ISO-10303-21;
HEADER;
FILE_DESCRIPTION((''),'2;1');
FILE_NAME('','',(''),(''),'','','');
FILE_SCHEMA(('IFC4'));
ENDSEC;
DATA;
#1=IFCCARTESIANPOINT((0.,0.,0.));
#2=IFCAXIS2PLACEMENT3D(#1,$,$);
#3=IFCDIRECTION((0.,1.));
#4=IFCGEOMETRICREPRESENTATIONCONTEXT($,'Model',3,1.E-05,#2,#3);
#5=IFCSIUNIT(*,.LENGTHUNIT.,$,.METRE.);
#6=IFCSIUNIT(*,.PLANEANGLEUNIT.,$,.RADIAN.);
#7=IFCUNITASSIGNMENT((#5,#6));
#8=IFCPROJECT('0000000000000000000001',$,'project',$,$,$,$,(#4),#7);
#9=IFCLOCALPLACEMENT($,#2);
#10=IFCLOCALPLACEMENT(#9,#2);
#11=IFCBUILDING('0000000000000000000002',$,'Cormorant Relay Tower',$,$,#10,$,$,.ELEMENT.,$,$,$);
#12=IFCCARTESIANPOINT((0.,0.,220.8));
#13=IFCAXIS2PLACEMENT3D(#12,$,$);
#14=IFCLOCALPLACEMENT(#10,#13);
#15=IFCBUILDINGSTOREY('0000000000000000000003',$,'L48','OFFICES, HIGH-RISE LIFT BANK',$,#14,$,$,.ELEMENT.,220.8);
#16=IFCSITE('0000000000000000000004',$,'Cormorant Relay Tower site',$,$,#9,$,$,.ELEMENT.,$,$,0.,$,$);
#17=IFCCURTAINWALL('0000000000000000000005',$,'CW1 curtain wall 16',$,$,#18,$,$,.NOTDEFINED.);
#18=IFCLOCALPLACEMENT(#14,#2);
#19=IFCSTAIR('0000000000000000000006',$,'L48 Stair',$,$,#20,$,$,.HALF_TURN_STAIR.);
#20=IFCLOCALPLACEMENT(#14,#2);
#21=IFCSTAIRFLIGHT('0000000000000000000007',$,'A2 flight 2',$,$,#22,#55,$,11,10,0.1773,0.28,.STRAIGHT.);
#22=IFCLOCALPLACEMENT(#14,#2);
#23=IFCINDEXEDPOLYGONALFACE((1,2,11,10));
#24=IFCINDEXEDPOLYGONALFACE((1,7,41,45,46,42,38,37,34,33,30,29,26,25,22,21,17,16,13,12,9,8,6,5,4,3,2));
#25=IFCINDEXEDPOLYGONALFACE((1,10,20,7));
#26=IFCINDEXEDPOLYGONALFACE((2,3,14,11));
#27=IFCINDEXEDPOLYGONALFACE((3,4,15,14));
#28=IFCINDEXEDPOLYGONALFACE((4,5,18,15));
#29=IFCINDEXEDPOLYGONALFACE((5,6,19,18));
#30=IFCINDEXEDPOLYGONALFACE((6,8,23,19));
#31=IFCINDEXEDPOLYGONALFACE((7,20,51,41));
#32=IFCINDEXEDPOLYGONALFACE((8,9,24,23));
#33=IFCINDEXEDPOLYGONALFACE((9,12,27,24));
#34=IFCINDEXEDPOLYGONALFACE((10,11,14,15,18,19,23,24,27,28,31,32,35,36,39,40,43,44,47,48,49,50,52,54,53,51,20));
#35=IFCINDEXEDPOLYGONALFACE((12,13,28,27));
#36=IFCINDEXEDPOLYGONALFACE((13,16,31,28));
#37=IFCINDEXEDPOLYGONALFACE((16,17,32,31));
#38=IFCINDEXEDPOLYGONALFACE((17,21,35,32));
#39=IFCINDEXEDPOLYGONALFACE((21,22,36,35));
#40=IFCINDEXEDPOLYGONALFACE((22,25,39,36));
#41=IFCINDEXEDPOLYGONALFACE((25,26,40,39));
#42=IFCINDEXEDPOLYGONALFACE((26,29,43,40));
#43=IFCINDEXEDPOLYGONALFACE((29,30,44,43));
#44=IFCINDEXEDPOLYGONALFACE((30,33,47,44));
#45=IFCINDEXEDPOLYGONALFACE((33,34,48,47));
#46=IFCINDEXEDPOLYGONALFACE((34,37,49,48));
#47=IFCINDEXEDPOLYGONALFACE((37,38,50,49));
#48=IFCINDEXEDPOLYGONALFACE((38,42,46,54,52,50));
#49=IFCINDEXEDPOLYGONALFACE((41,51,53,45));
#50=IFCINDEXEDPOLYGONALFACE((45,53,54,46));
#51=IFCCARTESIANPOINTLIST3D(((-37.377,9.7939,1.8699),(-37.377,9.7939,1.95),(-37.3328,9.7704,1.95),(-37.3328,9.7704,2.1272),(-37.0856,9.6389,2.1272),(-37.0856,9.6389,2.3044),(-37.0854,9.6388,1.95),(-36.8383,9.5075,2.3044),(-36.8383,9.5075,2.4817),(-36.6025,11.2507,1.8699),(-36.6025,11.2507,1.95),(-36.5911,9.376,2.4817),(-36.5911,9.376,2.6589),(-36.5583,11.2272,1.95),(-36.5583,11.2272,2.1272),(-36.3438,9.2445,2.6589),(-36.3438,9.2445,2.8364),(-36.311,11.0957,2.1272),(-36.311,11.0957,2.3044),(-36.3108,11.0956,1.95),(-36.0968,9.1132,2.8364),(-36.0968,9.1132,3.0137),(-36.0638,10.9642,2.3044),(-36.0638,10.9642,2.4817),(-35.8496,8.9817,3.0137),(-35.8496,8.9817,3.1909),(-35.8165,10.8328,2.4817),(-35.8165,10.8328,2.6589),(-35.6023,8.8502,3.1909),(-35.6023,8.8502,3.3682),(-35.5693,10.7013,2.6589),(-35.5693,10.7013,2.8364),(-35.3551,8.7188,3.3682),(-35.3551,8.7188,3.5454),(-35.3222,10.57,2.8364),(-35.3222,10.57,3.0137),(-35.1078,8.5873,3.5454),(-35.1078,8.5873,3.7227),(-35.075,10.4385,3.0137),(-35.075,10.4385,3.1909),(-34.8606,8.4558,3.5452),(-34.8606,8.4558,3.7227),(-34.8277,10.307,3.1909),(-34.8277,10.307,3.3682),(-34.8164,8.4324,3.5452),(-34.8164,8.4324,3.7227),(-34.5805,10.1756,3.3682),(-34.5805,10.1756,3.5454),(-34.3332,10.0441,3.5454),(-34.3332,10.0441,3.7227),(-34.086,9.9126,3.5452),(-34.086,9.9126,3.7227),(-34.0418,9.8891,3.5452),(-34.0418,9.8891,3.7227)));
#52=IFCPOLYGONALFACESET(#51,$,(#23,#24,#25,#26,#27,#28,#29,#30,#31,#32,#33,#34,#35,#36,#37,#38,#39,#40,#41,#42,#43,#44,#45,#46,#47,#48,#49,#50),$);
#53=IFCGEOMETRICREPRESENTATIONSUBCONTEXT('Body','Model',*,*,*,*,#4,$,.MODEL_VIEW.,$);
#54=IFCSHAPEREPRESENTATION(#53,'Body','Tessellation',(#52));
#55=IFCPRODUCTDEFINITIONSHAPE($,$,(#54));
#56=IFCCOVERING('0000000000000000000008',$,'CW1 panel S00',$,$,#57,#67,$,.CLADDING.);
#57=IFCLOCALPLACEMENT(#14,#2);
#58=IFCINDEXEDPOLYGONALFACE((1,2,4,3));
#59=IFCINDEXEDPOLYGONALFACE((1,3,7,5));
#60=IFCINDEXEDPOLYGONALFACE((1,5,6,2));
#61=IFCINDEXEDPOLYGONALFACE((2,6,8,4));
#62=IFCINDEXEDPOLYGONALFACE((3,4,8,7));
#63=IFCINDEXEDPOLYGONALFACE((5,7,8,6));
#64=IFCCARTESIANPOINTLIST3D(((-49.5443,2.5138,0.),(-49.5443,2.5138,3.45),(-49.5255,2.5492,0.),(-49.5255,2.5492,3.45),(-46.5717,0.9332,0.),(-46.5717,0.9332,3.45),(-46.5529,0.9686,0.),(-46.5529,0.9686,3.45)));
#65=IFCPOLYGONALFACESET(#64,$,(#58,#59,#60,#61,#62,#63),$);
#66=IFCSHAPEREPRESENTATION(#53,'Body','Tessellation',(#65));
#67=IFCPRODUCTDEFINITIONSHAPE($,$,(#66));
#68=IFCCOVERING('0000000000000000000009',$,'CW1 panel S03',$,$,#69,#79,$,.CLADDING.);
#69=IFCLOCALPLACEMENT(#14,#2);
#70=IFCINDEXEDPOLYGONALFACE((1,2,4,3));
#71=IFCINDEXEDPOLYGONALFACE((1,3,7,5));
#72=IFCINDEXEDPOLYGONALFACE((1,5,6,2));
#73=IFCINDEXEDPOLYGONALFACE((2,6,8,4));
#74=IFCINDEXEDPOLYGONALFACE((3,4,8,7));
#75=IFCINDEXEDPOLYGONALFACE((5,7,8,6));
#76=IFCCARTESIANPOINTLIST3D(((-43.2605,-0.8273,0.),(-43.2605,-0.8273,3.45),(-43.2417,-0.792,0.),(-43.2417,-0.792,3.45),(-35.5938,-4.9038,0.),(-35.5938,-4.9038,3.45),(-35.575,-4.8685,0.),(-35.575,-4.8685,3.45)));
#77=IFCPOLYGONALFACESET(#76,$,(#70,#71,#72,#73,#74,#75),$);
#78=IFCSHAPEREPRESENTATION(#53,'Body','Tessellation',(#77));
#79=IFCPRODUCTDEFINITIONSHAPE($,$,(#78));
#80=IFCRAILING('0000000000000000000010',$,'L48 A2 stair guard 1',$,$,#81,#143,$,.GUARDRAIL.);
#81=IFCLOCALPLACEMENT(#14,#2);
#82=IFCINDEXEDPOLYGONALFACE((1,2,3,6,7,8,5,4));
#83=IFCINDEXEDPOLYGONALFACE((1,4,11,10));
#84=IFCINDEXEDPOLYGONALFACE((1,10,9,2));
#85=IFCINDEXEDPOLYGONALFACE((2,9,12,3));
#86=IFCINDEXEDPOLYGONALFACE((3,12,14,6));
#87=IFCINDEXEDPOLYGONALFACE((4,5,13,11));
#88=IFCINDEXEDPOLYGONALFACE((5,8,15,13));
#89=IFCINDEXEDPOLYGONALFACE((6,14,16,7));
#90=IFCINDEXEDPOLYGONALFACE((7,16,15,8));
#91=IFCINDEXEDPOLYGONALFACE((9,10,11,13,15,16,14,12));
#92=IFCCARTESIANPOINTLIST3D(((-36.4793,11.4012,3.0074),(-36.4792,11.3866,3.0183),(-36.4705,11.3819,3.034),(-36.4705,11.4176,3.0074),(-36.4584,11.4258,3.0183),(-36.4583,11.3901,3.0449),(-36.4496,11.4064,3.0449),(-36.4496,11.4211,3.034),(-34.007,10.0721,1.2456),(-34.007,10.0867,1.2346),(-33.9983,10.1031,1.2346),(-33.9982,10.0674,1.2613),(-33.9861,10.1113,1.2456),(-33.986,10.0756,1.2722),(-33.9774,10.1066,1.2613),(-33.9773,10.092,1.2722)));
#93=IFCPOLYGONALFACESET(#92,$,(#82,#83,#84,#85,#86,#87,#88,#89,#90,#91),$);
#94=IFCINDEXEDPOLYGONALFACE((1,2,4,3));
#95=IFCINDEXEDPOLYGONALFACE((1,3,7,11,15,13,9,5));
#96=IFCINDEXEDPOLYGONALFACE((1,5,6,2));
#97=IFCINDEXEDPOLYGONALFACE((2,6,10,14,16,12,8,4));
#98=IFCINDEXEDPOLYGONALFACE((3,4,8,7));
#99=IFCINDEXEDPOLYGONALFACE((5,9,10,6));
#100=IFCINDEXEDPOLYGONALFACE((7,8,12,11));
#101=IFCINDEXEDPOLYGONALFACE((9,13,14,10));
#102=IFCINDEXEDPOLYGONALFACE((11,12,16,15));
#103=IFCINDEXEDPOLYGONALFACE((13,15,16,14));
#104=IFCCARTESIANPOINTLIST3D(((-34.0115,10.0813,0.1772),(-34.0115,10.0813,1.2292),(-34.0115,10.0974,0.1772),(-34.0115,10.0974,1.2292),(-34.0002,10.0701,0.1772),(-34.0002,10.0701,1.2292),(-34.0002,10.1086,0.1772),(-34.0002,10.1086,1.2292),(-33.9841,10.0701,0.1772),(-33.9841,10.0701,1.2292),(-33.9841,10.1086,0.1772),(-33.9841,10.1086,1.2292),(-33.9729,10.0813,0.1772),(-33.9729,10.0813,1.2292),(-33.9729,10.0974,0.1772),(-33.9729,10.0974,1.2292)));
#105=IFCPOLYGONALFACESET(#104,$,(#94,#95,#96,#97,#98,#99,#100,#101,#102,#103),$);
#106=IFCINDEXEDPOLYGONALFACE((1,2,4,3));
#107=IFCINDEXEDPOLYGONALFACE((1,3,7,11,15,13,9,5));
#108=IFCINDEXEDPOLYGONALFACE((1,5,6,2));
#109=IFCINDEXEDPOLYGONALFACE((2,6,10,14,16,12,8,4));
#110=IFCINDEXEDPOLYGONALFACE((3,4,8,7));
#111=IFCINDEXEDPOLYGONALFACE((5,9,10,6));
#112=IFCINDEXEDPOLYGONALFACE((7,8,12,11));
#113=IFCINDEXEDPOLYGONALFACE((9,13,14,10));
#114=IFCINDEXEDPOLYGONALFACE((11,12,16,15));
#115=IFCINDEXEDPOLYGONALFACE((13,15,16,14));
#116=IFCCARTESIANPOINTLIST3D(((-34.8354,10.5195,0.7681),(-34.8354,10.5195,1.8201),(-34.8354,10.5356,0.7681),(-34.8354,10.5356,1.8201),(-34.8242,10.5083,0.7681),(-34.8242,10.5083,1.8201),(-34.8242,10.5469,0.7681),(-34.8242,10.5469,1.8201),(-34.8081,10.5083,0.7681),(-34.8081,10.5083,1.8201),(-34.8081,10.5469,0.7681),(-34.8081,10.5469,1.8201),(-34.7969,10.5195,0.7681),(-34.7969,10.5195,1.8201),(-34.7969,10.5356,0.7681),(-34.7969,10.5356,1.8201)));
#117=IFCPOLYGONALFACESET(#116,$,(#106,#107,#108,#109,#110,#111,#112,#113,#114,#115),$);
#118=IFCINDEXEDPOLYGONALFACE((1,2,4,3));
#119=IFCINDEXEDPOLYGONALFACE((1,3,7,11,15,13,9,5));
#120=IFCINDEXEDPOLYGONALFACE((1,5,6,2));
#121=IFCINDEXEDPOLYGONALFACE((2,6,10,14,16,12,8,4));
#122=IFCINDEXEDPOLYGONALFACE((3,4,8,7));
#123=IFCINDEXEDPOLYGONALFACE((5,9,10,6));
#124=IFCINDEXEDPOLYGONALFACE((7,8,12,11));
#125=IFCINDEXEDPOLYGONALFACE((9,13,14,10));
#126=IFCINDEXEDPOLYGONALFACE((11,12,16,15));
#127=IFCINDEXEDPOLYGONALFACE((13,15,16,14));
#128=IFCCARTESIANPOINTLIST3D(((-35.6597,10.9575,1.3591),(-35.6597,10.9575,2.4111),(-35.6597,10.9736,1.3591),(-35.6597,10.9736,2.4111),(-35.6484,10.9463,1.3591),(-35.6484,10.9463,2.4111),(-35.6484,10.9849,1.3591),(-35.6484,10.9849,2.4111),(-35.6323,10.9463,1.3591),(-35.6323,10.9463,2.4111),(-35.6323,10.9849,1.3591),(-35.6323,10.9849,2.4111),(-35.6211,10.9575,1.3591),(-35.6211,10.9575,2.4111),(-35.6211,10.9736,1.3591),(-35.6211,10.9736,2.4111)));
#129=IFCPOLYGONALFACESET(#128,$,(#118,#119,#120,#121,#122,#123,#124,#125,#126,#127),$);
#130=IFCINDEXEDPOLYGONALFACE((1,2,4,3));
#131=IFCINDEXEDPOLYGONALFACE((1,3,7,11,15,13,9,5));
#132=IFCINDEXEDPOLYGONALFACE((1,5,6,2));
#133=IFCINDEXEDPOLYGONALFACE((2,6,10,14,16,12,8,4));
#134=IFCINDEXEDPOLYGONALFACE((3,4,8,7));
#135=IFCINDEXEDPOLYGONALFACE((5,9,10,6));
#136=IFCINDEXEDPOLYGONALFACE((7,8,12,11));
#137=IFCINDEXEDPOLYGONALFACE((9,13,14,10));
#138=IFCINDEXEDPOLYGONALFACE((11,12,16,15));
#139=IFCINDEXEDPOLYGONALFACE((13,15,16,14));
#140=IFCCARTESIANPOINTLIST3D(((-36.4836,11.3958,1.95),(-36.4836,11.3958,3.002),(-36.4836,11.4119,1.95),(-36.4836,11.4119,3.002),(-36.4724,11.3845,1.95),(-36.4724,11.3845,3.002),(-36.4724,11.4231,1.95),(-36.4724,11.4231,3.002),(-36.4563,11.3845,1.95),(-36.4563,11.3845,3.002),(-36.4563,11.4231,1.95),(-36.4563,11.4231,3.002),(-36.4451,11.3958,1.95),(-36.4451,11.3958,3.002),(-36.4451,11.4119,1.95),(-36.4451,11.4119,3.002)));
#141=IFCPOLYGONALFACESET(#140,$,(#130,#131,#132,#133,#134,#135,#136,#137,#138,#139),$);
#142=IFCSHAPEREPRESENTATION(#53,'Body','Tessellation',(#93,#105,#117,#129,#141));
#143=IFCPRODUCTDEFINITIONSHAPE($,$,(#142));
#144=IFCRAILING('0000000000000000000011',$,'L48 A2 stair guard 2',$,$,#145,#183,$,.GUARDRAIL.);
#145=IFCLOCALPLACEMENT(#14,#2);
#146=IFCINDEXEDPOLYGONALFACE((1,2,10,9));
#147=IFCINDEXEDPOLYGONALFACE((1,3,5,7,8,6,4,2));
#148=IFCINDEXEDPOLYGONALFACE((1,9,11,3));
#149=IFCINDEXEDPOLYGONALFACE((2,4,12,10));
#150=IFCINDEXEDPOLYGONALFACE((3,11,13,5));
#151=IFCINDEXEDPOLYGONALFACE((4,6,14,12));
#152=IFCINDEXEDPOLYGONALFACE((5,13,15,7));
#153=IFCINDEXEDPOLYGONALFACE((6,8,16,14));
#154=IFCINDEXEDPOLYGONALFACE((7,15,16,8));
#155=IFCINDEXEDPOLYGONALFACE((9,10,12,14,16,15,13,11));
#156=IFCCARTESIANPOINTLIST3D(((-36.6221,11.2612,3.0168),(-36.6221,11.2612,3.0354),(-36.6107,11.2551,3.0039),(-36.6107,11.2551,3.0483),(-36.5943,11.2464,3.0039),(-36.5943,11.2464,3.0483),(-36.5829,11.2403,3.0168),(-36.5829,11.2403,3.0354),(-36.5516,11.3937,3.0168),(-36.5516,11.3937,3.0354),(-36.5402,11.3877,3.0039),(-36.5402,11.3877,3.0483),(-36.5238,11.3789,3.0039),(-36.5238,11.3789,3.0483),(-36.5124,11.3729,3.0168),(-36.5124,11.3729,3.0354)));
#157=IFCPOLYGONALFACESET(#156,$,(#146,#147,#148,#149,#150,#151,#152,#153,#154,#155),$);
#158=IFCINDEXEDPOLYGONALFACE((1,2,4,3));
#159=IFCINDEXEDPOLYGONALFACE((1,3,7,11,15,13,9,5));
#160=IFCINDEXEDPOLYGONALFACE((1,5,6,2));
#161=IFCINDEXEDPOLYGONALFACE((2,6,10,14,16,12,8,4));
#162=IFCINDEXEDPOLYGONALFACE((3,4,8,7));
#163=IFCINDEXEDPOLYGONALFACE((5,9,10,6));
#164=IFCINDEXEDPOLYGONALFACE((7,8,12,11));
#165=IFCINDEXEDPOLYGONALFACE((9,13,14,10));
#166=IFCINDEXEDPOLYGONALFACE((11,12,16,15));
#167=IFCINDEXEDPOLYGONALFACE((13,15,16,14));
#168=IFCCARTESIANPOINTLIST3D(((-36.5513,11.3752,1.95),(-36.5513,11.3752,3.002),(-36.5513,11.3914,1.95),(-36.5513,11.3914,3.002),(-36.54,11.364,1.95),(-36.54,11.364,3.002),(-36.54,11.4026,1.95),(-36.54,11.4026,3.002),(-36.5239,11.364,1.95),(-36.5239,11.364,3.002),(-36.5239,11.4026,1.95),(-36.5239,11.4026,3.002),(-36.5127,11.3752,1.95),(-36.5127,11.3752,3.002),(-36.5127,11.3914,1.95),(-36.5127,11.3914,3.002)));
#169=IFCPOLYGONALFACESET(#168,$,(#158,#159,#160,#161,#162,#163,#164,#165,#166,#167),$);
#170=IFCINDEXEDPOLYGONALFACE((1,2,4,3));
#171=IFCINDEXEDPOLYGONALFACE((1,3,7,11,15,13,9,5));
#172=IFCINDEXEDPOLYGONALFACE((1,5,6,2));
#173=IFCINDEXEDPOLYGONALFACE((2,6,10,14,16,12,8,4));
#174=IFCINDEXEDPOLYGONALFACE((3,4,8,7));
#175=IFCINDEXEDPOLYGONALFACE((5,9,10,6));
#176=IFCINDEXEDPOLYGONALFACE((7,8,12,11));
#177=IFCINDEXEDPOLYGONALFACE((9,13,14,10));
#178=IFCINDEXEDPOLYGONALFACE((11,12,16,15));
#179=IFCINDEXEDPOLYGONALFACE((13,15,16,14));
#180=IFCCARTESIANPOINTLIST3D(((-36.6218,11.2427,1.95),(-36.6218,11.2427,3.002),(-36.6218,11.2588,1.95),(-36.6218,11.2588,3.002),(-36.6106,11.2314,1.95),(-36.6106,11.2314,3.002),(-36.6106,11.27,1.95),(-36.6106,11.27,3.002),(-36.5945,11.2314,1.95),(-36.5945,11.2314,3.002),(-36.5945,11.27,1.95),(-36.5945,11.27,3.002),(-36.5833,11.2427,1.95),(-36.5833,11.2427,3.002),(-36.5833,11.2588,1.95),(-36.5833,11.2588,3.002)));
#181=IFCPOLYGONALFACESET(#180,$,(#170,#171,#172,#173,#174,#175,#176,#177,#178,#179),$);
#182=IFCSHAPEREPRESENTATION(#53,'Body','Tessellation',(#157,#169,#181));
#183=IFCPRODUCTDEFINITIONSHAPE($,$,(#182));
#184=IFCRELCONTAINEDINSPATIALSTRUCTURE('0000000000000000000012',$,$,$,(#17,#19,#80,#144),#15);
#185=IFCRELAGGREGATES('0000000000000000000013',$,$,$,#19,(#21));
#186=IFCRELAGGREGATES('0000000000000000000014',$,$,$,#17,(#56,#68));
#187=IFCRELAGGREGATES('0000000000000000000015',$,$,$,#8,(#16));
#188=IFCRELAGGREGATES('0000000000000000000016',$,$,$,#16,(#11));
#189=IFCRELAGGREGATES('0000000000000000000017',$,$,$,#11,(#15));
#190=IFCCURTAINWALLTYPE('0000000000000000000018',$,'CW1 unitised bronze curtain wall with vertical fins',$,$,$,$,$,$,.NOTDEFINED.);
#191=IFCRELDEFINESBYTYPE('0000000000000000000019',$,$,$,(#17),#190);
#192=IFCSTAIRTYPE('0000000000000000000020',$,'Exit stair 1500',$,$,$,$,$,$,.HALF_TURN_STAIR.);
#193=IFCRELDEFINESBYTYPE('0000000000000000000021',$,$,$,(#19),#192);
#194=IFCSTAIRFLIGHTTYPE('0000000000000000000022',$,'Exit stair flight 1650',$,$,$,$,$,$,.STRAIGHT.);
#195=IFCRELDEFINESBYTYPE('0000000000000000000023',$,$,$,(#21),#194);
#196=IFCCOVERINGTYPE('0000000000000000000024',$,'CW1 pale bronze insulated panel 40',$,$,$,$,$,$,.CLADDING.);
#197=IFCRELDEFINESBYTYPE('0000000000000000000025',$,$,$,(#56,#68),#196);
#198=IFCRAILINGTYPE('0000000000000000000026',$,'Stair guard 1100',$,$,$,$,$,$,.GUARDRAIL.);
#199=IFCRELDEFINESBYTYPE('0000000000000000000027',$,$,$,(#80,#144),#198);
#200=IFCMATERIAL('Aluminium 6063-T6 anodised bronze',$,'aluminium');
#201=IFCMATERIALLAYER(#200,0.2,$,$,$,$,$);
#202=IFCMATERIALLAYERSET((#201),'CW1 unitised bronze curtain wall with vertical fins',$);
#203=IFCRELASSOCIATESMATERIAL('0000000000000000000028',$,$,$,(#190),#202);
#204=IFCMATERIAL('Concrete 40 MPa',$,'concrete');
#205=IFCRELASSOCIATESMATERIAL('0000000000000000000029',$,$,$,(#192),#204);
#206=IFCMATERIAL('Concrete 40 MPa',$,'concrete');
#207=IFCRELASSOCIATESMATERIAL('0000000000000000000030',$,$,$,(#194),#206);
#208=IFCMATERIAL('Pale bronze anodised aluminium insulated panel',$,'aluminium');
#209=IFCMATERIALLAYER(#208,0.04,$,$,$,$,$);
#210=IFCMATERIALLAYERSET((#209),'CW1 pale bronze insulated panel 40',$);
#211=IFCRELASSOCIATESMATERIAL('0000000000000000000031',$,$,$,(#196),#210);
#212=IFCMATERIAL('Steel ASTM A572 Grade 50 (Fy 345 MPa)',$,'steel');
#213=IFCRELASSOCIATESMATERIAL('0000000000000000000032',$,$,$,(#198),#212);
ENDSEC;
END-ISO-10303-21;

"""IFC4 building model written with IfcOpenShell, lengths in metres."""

from ifc_helpers import new_model, si_unit, direction, frame, origin, origin_2d, place, context, subcontext, project, spatial, polyline, rectangle, outline, extrude, material, layer, layer_set, type_object, element, aggregate, save


model = new_model("IFC4")

# Units and contexts
model_context = context("Model", 3, precision=1e-05, world=origin(), true_north=direction((0.0, 1.0)))
body_context = subcontext(model_context, "Body", "Model", "MODEL_VIEW")
ifc_project = project(units=[si_unit("LENGTHUNIT", "METRE"), si_unit("PLANEANGLEUNIT", "RADIAN")], contexts=[model_context])

# Site, building, storey
site_placement = place(None, origin())
site = spatial("IfcSite", under=ifc_project, at=site_placement, Name="Cormorant Relay Tower site", CompositionType="ELEMENT", RefElevation=0.0)
building_placement = place(site_placement, origin())
building = spatial("IfcBuilding", under=site, at=building_placement, Name="Cormorant Relay Tower", CompositionType="ELEMENT")
storey_placement = place(building_placement, frame((0.0, 0.0, 220.8)))
storey = spatial("IfcBuildingStorey", under=building, at=storey_placement, Name="L48", Description="OFFICES, HIGH-RISE LIFT BANK", CompositionType="ELEMENT", Elevation=220.8)

# Curtain wall
ifc_material_1 = material(Name="Aluminium 6063-T6 anodised bronze", Category="aluminium")
ifc_layer_1 = layer(ifc_material_1, 0.2)
ifc_layer_set_1 = layer_set([ifc_layer_1], Name="CW1 unitised bronze curtain wall with vertical fins")
curtain_wall_type = type_object("IfcCurtainWallType", Name="CW1 unitised bronze curtain wall with vertical fins", PredefinedType="NOTDEFINED", material=ifc_layer_set_1)
curtain_wall_placement = place(storey_placement, origin())
curtain_wall = element("IfcCurtainWall", 1, at=curtain_wall_placement, inside=storey, type_object=curtain_wall_type, Name="CW1 curtain wall 16", PredefinedType="NOTDEFINED")

# Stair, stair flight
ifc_material_2 = material(Name="Concrete 40 MPa", Category="concrete")
stair_type = type_object("IfcStairType", Name="Exit stair 1500", PredefinedType="HALF_TURN_STAIR", material=ifc_material_2)
stair_placement = place(storey_placement, origin())
stair = element("IfcStair", 2, at=stair_placement, inside=storey, type_object=stair_type, Name="L48 Stair", PredefinedType="HALF_TURN_STAIR")
ifc_material_3 = material(Name="Concrete 40 MPa", Category="concrete")
stair_flight_type = type_object("IfcStairFlightType", Name="Exit stair flight 1650", PredefinedType="STRAIGHT", material=ifc_material_3)
stair_flight_1_placement = place(storey_placement, frame((-36.9456, 10.4988, 1.95), z_axis=(0.0, 0.0, 1.0), x_axis=(0.882948, -0.469472, 0.0)))
stair_flight_1 = element("IfcStairFlight", 3, at=stair_flight_1_placement, type_object=stair_flight_type, Name="A2 flight 2", NumberOfRisers=11, NumberOfTreads=10, PredefinedType="STRAIGHT", RiserHeight=0.1773, TreadLength=0.28, context=body_context, shape_type="SweptSolid", body=[
    extrude(outline(polyline([(-0.05, -0.0801), (-0.05, 0.0), (0.0, 0.0), (0.0, 0.1772), (0.28, 0.1772), (0.28, 0.3545), (0.5601, 0.3545), (0.5601, 0.5317), (0.8401, 0.5317), (0.8401, 0.709), (1.1201, 0.709), (1.1201, 0.8865), (1.3999, 0.8865), (1.3999, 1.0637), (1.6799, 1.0637), (1.6799, 1.241), (1.96, 1.241), (1.96, 1.4182), (2.24, 1.4182), (2.24, 1.5955), (2.52, 1.5955), (2.52, 1.7727), (2.8, 1.7727), (2.8501, 1.7727), (2.8501, 1.5952), (2.8, 1.5952), (0.2803, 0.0), (-0.05, -0.0801)])), frame((0.0, 0.825, 0.0), z_axis=(0.0, -1.0, 0.0), x_axis=(1.0, 0.0, 0.0)), (0.0, 0.0, 1.0), 1.6499),
])
aggregate(stair, [stair_flight_1])

# Coverings
ifc_material_4 = material(Name="Pale bronze anodised aluminium insulated panel", Category="aluminium")
ifc_layer_2 = layer(ifc_material_4, 0.04)
ifc_layer_set_2 = layer_set([ifc_layer_2], Name="CW1 pale bronze insulated panel 40")
covering_type = type_object("IfcCoveringType", Name="CW1 pale bronze insulated panel 40", PredefinedType="CLADDING", material=ifc_layer_set_2)
covering_1_placement = place(storey_placement, frame((-48.0486, 1.7412, 0.0), z_axis=(0.0, 0.0, 1.0), x_axis=(0.882948, -0.469472, 0.0)))
covering_1 = element("IfcCovering", 4, at=covering_1_placement, type_object=covering_type, Name="CW1 panel S00", PredefinedType="CLADDING", context=body_context, shape_type="SweptSolid", body=[
    extrude(rectangle(XDim=3.3667, YDim=0.04, at=origin_2d()), origin(), (0.0, 0.0, 1.0), 3.45),
])
covering_2_placement = place(storey_placement, frame((-39.4177, -2.8479, 0.0), z_axis=(0.0, 0.0, 1.0), x_axis=(0.882948, -0.469472, 0.0)))
covering_2 = element("IfcCovering", 5, at=covering_2_placement, type_object=covering_type, Name="CW1 panel S03", PredefinedType="CLADDING", context=body_context, shape_type="SweptSolid", body=[
    extrude(rectangle(XDim=8.6831, YDim=0.04, at=origin_2d()), origin(), (0.0, 0.0, 1.0), 3.45),
])
aggregate(curtain_wall, [covering_1, covering_2])

# Railings
ifc_material_5 = material(Name="Steel ASTM A572 Grade 50 (Fy 345 MPa)", Category="steel")
railing_type_1 = type_object("IfcRailingType", Name="Stair guard 1100", PredefinedType="GUARDRAIL", material=ifc_material_5)
railing_1_placement = place(storey_placement, frame((-33.9922, 10.0894, 0.1772)))
element("IfcRailing", 6, at=railing_1_placement, inside=storey, type_object=railing_type_1, Name="L48 A2 stair guard 1", PredefinedType="GUARDRAIL", context=body_context, shape_type="SweptSolid", body=[
    extrude(outline(polyline([(0.0222, 0.0093), (0.0093, 0.0222), (-0.0093, 0.0222), (-0.0222, 0.0093), (-0.0222, -0.0093), (-0.0093, -0.0222), (0.0093, -0.0222), (0.0222, -0.0093), (0.0222, 0.0093)])), frame((0.0, 0.0, 1.0762), z_axis=(-0.746001, 0.396649, 0.534931), x_axis=(-0.469465, -0.882951, 0.0)), (0.0, 0.0, 1.0), 3.314),
    extrude(outline(polyline([(0.0193, 0.0081), (0.0081, 0.0193), (-0.0081, 0.0193), (-0.0193, 0.0081), (-0.0193, -0.0081), (-0.0081, -0.0193), (0.0081, -0.0193), (0.0193, -0.0081), (0.0193, 0.0081)])), origin(), (0.0, 0.0, 1.0), 1.052),
    extrude(outline(polyline([(0.0193, 0.0081), (0.0081, 0.0193), (-0.0081, 0.0193), (-0.0193, 0.0081), (-0.0193, -0.0081), (-0.0081, -0.0193), (0.0081, -0.0193), (0.0193, -0.0081), (0.0193, 0.0081)])), frame((-0.824, 0.4382, 0.5908)), (0.0, 0.0, 1.0), 1.052),
    extrude(outline(polyline([(0.0193, 0.0081), (0.0081, 0.0193), (-0.0081, 0.0193), (-0.0193, 0.0081), (-0.0193, -0.0081), (-0.0081, -0.0193), (0.0081, -0.0193), (0.0193, -0.0081), (0.0193, 0.0081)])), frame((-1.6482, 0.8762, 1.1819)), (0.0, 0.0, 1.0), 1.052),
    extrude(outline(polyline([(0.0193, 0.0081), (0.0081, 0.0193), (-0.0081, 0.0193), (-0.0193, 0.0081), (-0.0193, -0.0081), (-0.0081, -0.0193), (0.0081, -0.0193), (0.0193, -0.0081), (0.0193, 0.0081)])), frame((-2.4722, 1.3145, 1.7727)), (0.0, 0.0, 1.0), 1.052),
])
railing_2_placement = place(storey_placement, frame((-36.532, 11.3833, 1.95)))
element("IfcRailing", 7, at=railing_2_placement, inside=storey, type_object=railing_type_1, Name="L48 A2 stair guard 2", PredefinedType="GUARDRAIL", context=body_context, shape_type="SweptSolid", body=[
    extrude(outline(polyline([(0.0222, 0.0093), (0.0093, 0.0222), (-0.0093, 0.0222), (-0.0222, 0.0093), (-0.0222, -0.0093), (-0.0093, -0.0222), (0.0093, -0.0222), (0.0222, -0.0093), (0.0222, 0.0093)])), frame((0.0, 0.0, 1.0762), z_axis=(-0.469829, -0.882758, 0.0), x_axis=(0.882758, -0.469829, 0.0)), (0.0, 0.0, 1.0), 0.1501),
    extrude(outline(polyline([(0.0193, 0.0081), (0.0081, 0.0193), (-0.0081, 0.0193), (-0.0193, 0.0081), (-0.0193, -0.0081), (-0.0081, -0.0193), (0.0081, -0.0193), (0.0193, -0.0081), (0.0193, 0.0081)])), origin(), (0.0, 0.0, 1.0), 1.052),
    extrude(outline(polyline([(0.0193, 0.0081), (0.0081, 0.0193), (-0.0081, 0.0193), (-0.0193, 0.0081), (-0.0193, -0.0081), (-0.0081, -0.0193), (0.0081, -0.0193), (0.0193, -0.0081), (0.0193, 0.0081)])), frame((-0.0706, -0.1326, 0.0)), (0.0, 0.0, 1.0), 1.052),
])

save(model, "model.ifc")
